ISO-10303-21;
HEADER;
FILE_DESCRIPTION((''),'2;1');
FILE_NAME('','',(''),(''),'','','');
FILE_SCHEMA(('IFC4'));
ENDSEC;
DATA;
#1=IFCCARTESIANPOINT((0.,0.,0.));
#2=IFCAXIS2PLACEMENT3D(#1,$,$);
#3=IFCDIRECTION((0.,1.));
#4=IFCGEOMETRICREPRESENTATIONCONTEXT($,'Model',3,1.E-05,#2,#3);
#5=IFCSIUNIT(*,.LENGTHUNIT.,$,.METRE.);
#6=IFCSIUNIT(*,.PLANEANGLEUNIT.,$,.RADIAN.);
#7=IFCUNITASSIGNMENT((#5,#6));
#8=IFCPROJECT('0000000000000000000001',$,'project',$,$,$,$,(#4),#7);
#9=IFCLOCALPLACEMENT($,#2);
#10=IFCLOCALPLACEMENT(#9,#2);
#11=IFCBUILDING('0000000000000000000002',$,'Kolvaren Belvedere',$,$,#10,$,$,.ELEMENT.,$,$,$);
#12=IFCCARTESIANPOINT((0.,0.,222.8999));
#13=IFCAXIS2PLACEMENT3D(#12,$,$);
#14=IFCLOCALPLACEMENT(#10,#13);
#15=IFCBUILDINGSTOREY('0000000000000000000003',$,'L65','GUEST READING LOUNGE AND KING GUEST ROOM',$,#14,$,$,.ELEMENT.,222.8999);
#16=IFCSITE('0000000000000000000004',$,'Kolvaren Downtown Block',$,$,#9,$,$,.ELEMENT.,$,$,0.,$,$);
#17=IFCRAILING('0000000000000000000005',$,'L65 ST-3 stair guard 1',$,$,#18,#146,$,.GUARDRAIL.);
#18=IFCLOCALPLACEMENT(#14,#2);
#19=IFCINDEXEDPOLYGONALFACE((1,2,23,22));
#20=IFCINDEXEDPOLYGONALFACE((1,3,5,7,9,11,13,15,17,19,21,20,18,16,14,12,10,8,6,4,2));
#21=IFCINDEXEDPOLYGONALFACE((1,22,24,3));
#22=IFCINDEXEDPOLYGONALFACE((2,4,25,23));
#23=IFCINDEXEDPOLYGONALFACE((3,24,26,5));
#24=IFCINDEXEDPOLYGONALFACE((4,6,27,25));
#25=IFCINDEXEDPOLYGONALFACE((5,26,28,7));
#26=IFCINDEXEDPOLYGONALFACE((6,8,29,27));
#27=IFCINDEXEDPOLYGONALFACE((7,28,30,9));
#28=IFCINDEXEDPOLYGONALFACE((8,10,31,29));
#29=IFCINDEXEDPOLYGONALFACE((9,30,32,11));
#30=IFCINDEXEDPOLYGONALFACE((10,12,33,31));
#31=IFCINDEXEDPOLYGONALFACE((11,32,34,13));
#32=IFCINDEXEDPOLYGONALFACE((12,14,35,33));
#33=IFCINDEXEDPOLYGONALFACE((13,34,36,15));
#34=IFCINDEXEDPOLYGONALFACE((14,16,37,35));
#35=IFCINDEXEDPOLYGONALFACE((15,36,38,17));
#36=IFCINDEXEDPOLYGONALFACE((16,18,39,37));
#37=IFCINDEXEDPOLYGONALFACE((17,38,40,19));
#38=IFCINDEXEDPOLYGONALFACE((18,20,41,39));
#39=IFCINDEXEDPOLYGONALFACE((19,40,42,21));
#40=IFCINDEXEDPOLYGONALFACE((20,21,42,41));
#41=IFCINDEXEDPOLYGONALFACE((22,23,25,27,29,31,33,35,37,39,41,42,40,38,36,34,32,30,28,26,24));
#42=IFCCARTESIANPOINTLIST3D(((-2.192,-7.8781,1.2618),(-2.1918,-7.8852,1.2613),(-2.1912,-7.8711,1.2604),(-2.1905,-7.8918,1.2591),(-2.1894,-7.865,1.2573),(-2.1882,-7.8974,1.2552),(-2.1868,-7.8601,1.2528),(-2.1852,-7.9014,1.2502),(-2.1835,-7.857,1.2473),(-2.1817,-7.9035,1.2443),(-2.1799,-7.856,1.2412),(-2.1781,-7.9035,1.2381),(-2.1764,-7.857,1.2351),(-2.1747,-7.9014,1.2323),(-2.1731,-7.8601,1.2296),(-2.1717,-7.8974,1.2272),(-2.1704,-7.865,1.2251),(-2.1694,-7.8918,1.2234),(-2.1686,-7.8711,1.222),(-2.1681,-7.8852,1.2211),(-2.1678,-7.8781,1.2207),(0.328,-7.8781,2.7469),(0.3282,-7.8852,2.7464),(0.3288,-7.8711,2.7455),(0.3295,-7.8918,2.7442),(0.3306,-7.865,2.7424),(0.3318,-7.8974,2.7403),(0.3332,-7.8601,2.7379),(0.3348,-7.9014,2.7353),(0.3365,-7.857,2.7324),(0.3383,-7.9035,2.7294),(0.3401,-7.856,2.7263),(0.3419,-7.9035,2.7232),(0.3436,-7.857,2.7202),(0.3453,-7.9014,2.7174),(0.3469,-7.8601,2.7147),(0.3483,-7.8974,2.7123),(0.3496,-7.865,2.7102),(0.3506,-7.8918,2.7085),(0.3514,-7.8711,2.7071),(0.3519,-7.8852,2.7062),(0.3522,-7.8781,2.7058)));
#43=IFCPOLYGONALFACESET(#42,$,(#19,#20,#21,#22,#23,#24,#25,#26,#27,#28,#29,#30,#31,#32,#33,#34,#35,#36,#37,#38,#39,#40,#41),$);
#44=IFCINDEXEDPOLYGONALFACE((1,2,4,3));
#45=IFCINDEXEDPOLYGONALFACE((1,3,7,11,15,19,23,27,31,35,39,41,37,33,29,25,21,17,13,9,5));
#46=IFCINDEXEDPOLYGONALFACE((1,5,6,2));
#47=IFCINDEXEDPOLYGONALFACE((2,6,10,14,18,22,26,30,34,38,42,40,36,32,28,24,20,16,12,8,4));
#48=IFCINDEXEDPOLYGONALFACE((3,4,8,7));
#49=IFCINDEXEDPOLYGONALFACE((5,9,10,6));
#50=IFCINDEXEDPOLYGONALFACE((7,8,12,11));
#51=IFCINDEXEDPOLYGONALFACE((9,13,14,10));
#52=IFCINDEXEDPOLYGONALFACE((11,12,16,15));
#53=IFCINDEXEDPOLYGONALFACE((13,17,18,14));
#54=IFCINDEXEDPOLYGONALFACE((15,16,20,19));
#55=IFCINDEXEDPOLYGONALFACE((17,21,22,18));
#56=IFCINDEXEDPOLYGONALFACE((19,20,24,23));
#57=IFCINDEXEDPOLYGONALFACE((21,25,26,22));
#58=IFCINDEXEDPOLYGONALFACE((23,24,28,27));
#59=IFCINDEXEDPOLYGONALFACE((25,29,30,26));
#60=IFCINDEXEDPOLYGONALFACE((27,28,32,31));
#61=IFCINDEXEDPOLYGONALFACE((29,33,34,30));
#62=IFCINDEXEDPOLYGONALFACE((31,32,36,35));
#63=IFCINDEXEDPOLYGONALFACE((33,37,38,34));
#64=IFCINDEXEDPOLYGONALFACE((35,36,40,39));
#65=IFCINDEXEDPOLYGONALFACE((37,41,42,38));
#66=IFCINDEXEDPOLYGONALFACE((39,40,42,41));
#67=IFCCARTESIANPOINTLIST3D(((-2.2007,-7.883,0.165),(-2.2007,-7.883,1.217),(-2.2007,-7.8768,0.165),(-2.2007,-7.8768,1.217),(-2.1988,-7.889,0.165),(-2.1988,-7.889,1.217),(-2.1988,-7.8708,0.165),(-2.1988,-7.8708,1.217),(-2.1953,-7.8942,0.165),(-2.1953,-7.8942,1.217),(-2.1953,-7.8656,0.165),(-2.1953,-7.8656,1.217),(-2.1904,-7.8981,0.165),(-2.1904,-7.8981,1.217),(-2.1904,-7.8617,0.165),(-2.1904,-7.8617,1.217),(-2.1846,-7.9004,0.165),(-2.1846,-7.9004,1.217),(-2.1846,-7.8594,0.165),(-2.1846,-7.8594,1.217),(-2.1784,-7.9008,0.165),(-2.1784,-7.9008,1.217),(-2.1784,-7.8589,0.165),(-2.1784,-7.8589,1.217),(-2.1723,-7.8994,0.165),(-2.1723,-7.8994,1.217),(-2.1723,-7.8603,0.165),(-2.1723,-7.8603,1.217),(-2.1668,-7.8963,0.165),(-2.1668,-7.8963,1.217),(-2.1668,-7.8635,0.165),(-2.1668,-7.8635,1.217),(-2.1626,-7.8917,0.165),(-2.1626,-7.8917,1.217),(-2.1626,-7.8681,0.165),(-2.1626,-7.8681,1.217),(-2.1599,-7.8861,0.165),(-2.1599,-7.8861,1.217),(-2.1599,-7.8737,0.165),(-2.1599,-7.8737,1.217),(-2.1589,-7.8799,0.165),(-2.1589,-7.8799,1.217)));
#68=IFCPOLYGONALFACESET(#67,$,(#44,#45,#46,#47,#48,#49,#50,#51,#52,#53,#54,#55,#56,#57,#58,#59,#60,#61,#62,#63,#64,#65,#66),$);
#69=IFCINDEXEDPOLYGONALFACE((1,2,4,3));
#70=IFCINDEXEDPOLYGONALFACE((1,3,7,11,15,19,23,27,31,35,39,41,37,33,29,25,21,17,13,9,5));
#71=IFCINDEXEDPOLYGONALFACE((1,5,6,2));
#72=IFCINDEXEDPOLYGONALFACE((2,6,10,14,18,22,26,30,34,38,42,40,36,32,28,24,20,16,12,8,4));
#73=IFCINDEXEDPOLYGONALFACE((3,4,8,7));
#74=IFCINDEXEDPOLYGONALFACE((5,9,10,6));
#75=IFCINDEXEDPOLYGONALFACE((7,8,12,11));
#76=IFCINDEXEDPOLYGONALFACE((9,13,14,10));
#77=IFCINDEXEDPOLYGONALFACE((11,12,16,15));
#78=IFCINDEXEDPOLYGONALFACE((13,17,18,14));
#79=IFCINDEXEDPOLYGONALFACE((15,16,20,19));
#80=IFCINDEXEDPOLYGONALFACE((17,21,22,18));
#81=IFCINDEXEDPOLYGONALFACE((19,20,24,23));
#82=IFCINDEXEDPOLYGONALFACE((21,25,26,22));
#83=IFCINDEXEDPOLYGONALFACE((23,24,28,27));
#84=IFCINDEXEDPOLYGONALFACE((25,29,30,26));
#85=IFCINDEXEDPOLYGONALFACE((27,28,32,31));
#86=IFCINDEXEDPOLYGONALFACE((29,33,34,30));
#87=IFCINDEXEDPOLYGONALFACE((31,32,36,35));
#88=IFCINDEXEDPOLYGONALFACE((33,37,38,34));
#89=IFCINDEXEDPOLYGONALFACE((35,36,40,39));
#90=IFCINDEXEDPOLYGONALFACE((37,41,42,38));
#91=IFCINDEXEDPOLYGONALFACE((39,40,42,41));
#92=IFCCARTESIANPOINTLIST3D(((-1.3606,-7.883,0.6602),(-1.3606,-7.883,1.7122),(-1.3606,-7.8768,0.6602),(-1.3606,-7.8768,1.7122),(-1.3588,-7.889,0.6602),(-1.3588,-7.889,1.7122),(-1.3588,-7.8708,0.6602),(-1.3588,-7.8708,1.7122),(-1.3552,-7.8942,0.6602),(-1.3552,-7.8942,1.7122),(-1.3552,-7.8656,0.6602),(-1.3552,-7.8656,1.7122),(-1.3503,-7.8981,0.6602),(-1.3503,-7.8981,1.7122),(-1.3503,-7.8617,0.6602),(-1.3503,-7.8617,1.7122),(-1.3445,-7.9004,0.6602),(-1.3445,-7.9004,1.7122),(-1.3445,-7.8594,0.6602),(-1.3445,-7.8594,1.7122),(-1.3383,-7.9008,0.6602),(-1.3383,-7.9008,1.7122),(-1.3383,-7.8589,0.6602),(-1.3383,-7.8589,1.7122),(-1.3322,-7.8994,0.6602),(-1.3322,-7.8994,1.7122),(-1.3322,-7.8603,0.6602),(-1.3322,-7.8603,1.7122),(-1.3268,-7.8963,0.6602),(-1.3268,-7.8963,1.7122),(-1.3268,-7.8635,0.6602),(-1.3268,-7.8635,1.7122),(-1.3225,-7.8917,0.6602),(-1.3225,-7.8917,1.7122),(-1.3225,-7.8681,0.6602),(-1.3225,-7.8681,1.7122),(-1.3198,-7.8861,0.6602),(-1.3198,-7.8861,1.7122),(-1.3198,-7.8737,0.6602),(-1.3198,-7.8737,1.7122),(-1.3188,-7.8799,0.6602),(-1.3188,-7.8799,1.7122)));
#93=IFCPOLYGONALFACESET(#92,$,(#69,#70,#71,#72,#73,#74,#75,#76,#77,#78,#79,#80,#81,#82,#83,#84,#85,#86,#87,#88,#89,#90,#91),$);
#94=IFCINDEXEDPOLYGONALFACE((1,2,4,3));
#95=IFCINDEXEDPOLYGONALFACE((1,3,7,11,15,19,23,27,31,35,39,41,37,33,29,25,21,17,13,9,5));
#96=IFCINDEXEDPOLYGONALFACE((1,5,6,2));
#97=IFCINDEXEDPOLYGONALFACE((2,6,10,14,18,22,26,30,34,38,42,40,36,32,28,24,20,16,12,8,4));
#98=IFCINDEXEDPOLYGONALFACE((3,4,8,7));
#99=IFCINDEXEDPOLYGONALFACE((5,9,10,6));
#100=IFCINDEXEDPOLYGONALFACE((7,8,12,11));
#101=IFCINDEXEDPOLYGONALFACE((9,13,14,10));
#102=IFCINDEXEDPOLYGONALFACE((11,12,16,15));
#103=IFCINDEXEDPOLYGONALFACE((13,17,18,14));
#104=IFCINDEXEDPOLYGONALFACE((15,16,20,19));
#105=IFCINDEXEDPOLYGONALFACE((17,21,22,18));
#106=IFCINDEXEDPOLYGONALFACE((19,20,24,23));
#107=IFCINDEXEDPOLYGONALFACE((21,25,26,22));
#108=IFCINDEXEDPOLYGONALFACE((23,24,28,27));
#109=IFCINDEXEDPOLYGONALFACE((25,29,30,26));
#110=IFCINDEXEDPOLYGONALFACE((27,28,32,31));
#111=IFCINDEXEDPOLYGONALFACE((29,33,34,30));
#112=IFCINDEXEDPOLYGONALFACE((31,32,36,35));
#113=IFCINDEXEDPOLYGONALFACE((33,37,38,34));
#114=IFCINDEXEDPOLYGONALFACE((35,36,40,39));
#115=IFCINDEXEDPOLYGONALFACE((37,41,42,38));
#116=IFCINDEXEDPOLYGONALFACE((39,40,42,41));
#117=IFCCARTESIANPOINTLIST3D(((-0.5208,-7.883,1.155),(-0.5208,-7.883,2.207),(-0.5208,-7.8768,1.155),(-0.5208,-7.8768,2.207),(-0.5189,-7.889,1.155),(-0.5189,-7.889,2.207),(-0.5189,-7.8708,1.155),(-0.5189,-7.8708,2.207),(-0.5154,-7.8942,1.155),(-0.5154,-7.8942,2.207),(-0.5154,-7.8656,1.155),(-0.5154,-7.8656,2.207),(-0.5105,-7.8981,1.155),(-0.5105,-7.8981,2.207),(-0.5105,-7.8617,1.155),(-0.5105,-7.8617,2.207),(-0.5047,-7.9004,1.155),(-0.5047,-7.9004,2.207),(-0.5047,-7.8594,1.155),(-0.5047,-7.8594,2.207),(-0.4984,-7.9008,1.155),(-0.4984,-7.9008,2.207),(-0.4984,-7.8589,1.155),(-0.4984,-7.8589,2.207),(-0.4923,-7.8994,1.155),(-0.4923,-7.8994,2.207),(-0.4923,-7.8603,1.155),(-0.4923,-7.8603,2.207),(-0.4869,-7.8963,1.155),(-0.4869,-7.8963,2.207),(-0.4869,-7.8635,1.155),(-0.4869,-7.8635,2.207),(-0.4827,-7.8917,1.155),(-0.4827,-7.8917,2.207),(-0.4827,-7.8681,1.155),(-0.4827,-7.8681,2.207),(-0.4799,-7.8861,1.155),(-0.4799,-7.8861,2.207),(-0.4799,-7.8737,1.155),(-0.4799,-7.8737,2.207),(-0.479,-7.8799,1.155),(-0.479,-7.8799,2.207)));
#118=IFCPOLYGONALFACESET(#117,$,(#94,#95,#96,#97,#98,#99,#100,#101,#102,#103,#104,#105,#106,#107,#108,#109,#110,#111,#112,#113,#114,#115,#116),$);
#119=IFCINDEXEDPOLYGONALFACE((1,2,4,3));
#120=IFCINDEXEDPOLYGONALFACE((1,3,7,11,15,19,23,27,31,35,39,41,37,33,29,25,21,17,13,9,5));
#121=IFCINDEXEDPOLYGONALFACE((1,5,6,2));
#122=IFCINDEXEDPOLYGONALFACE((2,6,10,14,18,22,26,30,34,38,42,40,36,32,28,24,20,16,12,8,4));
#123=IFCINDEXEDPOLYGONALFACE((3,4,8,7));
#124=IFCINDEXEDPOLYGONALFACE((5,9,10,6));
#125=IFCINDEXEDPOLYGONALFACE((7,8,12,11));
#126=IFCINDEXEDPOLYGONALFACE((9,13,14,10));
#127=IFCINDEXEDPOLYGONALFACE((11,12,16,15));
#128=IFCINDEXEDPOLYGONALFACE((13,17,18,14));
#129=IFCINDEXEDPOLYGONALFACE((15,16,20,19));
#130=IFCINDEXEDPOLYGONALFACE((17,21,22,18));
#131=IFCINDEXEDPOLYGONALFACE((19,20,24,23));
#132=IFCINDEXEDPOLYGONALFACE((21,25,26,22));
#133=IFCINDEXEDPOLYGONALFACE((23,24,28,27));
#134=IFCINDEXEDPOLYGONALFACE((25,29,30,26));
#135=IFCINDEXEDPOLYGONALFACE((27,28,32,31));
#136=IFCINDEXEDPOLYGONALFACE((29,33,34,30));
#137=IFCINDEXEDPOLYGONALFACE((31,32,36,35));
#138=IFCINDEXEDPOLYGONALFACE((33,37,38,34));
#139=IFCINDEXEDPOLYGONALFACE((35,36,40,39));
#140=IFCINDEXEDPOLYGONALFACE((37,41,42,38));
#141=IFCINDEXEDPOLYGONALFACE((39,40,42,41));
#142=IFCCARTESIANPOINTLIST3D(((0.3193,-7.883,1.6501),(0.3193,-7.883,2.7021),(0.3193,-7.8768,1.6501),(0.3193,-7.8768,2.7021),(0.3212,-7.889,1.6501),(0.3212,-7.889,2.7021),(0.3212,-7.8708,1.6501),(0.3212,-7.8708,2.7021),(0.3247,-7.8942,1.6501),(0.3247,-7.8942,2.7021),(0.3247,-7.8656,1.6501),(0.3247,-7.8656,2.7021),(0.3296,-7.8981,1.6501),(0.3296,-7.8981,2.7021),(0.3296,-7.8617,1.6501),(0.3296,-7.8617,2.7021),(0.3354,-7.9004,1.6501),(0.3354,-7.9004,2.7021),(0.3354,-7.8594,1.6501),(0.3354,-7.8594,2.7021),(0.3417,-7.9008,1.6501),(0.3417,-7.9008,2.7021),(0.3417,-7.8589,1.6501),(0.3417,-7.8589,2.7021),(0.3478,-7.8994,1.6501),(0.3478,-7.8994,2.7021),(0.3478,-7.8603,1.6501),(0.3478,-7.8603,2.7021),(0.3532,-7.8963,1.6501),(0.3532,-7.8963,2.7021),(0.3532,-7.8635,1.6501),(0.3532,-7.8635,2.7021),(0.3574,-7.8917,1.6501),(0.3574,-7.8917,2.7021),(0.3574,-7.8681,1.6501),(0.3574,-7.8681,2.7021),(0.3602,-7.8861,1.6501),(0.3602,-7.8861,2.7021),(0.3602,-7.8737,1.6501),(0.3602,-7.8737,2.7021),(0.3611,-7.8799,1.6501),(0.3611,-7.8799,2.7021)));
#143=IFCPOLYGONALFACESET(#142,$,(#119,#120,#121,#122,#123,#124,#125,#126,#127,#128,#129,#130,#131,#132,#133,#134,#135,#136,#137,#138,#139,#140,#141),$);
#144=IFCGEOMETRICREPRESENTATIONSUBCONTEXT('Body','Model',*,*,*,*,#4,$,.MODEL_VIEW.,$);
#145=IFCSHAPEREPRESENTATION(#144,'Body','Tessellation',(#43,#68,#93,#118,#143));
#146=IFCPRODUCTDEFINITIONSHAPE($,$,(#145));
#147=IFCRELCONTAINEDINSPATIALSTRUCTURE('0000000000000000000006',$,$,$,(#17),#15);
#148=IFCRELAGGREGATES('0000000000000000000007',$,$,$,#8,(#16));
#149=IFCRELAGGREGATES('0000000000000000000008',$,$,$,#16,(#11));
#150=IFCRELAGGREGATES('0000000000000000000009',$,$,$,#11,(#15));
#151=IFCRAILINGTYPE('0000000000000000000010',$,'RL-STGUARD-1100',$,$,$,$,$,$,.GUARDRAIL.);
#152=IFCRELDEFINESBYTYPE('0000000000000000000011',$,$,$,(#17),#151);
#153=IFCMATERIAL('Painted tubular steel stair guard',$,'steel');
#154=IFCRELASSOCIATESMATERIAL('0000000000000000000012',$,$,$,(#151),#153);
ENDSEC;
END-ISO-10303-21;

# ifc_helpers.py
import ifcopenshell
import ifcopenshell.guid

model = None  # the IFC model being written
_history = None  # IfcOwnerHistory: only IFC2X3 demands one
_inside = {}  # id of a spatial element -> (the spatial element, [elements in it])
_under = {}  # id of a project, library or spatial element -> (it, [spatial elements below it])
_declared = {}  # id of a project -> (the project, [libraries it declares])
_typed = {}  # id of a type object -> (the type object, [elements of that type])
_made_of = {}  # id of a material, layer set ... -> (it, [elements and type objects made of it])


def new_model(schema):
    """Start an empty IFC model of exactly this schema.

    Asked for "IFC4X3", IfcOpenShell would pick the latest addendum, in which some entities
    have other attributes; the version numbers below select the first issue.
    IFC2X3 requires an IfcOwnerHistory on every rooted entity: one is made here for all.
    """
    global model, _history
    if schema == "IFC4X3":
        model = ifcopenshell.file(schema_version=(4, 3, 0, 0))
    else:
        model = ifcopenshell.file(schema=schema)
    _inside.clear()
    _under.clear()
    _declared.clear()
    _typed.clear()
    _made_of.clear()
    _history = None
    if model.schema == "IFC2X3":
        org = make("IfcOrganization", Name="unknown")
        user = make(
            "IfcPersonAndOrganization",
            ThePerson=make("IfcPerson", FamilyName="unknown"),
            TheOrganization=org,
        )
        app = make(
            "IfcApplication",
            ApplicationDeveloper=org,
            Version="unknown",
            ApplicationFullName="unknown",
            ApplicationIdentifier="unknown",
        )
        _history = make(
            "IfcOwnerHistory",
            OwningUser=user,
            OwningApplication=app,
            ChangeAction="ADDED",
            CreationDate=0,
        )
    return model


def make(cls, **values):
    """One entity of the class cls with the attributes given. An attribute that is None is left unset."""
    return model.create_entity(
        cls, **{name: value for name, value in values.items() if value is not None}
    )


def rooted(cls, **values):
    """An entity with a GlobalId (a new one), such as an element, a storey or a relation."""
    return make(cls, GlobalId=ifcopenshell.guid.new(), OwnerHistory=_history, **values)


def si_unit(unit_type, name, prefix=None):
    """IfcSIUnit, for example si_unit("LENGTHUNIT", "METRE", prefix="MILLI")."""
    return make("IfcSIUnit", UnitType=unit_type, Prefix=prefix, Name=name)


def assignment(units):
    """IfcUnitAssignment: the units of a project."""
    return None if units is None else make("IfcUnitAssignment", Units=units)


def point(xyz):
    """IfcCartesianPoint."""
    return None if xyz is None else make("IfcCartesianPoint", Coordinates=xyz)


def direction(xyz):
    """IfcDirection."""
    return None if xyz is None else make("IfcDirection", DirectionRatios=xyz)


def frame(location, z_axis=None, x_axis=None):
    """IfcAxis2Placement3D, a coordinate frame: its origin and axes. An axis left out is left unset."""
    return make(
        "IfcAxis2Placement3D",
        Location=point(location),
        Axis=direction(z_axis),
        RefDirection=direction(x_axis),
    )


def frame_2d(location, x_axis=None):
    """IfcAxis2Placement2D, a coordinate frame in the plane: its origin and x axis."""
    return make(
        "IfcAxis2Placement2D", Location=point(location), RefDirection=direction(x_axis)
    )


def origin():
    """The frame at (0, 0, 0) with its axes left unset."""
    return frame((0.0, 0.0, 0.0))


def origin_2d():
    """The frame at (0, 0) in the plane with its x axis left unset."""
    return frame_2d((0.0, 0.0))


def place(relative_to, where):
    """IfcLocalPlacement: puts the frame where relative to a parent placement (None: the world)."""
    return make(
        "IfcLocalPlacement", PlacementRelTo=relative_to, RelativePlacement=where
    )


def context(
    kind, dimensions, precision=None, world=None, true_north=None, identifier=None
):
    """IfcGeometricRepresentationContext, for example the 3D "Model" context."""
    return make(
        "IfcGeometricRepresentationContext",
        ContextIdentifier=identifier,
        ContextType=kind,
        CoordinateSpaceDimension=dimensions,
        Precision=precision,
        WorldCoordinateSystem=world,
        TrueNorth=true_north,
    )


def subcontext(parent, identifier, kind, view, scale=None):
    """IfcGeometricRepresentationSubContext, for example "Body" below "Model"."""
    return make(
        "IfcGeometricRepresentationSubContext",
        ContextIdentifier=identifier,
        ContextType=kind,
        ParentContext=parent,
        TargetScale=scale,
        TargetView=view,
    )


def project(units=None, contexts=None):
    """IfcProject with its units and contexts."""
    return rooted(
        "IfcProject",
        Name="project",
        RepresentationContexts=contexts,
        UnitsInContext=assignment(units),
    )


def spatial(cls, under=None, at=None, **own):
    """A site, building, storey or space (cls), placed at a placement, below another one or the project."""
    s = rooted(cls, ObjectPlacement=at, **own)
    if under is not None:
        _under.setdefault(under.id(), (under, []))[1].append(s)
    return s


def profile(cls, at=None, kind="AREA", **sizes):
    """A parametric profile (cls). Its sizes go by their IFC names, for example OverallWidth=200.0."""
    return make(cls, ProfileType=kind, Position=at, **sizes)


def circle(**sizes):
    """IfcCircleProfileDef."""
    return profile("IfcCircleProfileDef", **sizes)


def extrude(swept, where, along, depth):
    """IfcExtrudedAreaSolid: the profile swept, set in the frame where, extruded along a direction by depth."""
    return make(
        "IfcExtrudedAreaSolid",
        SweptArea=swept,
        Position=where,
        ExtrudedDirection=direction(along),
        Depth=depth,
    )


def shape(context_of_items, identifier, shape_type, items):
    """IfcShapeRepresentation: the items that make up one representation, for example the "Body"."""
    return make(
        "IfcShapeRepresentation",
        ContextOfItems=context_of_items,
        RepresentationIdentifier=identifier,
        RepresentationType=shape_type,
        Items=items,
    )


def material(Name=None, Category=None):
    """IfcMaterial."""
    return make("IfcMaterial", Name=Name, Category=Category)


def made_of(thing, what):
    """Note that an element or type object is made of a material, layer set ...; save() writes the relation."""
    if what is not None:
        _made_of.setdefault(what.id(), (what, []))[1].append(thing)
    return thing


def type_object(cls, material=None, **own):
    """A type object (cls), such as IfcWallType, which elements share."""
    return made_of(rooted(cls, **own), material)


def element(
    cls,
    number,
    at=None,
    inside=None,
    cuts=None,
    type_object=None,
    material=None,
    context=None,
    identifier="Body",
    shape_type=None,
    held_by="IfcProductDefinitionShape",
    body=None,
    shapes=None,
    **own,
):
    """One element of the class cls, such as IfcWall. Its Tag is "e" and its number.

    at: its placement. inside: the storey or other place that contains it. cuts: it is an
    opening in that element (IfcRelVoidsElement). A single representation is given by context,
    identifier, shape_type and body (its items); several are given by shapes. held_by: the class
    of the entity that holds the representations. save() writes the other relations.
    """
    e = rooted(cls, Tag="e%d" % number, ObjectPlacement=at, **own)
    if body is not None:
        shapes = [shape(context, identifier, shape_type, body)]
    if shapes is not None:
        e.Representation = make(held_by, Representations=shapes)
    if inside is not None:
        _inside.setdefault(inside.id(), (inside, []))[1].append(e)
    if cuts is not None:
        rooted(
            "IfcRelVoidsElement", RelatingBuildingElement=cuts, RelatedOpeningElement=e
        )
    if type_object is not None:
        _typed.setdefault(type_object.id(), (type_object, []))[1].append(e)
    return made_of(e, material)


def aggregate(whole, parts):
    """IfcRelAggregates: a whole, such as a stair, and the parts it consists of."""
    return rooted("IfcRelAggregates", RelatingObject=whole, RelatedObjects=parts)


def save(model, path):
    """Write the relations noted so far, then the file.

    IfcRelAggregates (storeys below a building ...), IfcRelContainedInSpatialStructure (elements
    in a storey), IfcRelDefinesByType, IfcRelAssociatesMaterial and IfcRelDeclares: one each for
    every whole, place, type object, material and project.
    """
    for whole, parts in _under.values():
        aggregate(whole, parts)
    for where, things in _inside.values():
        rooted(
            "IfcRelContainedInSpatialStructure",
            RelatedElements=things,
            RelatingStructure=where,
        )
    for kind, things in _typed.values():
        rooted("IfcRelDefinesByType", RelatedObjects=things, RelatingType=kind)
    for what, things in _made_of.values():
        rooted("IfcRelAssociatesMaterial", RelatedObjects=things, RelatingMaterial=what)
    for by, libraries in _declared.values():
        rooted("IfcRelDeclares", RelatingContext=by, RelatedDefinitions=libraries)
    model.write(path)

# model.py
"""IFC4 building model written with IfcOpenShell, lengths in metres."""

from ifc_helpers import new_model, si_unit, direction, frame, origin, origin_2d, place, context, subcontext, project, spatial, circle, extrude, material, type_object, element, save


model = new_model("IFC4")

# Units and contexts
model_context = context("Model", 3, precision=1e-05, world=origin(), true_north=direction((0.0, 1.0)))
body_context = subcontext(model_context, "Body", "Model", "MODEL_VIEW")
ifc_project = project(units=[si_unit("LENGTHUNIT", "METRE"), si_unit("PLANEANGLEUNIT", "RADIAN")], contexts=[model_context])

# Site, building, storey
site_placement = place(None, origin())
site = spatial("IfcSite", under=ifc_project, at=site_placement, Name="Kolvaren Downtown Block", CompositionType="ELEMENT", RefElevation=0.0)
building_placement = place(site_placement, origin())
building = spatial("IfcBuilding", under=site, at=building_placement, Name="Kolvaren Belvedere", CompositionType="ELEMENT")
storey_placement = place(building_placement, frame((0.0, 0.0, 222.8999)))
storey = spatial("IfcBuildingStorey", under=building, at=storey_placement, Name="L65", Description="GUEST READING LOUNGE AND KING GUEST ROOM", CompositionType="ELEMENT", Elevation=222.8999)

# Railing
ifc_material_1 = material(Name="Painted tubular steel stair guard", Category="steel")
railing_type_1 = type_object("IfcRailingType", Name="RL-STGUARD-1100", PredefinedType="GUARDRAIL", material=ifc_material_1)
railing_1_placement = place(storey_placement, frame((-2.1799, -7.8799, 0.165)))
element("IfcRailing", 1, at=railing_1_placement, inside=storey, type_object=railing_type_1, Name="L65 ST-3 stair guard 1", PredefinedType="GUARDRAIL", context=body_context, shape_type="SweptSolid", body=[
    extrude(circle(Radius=0.0239, at=origin_2d()), frame((0.0, 0.0, 1.0762), z_axis=(0.861524, 0.0, 0.507717), x_axis=(0.0, 1.0, 0.0)), (0.0, 0.0, 1.0), 2.925),
    extrude(circle(Radius=0.021, at=origin_2d()), origin(), (0.0, 0.0, 1.0), 1.052),
    extrude(circle(Radius=0.021, at=origin_2d()), frame((0.8401, 0.0, 0.4951)), (0.0, 0.0, 1.0), 1.052),
    extrude(circle(Radius=0.021, at=origin_2d()), frame((1.6799, 0.0, 0.99)), (0.0, 0.0, 1.0), 1.052),
    extrude(circle(Radius=0.021, at=origin_2d()), frame((2.52, 0.0, 1.4851)), (0.0, 0.0, 1.0), 1.052),
])

save(model, "model.ifc")
